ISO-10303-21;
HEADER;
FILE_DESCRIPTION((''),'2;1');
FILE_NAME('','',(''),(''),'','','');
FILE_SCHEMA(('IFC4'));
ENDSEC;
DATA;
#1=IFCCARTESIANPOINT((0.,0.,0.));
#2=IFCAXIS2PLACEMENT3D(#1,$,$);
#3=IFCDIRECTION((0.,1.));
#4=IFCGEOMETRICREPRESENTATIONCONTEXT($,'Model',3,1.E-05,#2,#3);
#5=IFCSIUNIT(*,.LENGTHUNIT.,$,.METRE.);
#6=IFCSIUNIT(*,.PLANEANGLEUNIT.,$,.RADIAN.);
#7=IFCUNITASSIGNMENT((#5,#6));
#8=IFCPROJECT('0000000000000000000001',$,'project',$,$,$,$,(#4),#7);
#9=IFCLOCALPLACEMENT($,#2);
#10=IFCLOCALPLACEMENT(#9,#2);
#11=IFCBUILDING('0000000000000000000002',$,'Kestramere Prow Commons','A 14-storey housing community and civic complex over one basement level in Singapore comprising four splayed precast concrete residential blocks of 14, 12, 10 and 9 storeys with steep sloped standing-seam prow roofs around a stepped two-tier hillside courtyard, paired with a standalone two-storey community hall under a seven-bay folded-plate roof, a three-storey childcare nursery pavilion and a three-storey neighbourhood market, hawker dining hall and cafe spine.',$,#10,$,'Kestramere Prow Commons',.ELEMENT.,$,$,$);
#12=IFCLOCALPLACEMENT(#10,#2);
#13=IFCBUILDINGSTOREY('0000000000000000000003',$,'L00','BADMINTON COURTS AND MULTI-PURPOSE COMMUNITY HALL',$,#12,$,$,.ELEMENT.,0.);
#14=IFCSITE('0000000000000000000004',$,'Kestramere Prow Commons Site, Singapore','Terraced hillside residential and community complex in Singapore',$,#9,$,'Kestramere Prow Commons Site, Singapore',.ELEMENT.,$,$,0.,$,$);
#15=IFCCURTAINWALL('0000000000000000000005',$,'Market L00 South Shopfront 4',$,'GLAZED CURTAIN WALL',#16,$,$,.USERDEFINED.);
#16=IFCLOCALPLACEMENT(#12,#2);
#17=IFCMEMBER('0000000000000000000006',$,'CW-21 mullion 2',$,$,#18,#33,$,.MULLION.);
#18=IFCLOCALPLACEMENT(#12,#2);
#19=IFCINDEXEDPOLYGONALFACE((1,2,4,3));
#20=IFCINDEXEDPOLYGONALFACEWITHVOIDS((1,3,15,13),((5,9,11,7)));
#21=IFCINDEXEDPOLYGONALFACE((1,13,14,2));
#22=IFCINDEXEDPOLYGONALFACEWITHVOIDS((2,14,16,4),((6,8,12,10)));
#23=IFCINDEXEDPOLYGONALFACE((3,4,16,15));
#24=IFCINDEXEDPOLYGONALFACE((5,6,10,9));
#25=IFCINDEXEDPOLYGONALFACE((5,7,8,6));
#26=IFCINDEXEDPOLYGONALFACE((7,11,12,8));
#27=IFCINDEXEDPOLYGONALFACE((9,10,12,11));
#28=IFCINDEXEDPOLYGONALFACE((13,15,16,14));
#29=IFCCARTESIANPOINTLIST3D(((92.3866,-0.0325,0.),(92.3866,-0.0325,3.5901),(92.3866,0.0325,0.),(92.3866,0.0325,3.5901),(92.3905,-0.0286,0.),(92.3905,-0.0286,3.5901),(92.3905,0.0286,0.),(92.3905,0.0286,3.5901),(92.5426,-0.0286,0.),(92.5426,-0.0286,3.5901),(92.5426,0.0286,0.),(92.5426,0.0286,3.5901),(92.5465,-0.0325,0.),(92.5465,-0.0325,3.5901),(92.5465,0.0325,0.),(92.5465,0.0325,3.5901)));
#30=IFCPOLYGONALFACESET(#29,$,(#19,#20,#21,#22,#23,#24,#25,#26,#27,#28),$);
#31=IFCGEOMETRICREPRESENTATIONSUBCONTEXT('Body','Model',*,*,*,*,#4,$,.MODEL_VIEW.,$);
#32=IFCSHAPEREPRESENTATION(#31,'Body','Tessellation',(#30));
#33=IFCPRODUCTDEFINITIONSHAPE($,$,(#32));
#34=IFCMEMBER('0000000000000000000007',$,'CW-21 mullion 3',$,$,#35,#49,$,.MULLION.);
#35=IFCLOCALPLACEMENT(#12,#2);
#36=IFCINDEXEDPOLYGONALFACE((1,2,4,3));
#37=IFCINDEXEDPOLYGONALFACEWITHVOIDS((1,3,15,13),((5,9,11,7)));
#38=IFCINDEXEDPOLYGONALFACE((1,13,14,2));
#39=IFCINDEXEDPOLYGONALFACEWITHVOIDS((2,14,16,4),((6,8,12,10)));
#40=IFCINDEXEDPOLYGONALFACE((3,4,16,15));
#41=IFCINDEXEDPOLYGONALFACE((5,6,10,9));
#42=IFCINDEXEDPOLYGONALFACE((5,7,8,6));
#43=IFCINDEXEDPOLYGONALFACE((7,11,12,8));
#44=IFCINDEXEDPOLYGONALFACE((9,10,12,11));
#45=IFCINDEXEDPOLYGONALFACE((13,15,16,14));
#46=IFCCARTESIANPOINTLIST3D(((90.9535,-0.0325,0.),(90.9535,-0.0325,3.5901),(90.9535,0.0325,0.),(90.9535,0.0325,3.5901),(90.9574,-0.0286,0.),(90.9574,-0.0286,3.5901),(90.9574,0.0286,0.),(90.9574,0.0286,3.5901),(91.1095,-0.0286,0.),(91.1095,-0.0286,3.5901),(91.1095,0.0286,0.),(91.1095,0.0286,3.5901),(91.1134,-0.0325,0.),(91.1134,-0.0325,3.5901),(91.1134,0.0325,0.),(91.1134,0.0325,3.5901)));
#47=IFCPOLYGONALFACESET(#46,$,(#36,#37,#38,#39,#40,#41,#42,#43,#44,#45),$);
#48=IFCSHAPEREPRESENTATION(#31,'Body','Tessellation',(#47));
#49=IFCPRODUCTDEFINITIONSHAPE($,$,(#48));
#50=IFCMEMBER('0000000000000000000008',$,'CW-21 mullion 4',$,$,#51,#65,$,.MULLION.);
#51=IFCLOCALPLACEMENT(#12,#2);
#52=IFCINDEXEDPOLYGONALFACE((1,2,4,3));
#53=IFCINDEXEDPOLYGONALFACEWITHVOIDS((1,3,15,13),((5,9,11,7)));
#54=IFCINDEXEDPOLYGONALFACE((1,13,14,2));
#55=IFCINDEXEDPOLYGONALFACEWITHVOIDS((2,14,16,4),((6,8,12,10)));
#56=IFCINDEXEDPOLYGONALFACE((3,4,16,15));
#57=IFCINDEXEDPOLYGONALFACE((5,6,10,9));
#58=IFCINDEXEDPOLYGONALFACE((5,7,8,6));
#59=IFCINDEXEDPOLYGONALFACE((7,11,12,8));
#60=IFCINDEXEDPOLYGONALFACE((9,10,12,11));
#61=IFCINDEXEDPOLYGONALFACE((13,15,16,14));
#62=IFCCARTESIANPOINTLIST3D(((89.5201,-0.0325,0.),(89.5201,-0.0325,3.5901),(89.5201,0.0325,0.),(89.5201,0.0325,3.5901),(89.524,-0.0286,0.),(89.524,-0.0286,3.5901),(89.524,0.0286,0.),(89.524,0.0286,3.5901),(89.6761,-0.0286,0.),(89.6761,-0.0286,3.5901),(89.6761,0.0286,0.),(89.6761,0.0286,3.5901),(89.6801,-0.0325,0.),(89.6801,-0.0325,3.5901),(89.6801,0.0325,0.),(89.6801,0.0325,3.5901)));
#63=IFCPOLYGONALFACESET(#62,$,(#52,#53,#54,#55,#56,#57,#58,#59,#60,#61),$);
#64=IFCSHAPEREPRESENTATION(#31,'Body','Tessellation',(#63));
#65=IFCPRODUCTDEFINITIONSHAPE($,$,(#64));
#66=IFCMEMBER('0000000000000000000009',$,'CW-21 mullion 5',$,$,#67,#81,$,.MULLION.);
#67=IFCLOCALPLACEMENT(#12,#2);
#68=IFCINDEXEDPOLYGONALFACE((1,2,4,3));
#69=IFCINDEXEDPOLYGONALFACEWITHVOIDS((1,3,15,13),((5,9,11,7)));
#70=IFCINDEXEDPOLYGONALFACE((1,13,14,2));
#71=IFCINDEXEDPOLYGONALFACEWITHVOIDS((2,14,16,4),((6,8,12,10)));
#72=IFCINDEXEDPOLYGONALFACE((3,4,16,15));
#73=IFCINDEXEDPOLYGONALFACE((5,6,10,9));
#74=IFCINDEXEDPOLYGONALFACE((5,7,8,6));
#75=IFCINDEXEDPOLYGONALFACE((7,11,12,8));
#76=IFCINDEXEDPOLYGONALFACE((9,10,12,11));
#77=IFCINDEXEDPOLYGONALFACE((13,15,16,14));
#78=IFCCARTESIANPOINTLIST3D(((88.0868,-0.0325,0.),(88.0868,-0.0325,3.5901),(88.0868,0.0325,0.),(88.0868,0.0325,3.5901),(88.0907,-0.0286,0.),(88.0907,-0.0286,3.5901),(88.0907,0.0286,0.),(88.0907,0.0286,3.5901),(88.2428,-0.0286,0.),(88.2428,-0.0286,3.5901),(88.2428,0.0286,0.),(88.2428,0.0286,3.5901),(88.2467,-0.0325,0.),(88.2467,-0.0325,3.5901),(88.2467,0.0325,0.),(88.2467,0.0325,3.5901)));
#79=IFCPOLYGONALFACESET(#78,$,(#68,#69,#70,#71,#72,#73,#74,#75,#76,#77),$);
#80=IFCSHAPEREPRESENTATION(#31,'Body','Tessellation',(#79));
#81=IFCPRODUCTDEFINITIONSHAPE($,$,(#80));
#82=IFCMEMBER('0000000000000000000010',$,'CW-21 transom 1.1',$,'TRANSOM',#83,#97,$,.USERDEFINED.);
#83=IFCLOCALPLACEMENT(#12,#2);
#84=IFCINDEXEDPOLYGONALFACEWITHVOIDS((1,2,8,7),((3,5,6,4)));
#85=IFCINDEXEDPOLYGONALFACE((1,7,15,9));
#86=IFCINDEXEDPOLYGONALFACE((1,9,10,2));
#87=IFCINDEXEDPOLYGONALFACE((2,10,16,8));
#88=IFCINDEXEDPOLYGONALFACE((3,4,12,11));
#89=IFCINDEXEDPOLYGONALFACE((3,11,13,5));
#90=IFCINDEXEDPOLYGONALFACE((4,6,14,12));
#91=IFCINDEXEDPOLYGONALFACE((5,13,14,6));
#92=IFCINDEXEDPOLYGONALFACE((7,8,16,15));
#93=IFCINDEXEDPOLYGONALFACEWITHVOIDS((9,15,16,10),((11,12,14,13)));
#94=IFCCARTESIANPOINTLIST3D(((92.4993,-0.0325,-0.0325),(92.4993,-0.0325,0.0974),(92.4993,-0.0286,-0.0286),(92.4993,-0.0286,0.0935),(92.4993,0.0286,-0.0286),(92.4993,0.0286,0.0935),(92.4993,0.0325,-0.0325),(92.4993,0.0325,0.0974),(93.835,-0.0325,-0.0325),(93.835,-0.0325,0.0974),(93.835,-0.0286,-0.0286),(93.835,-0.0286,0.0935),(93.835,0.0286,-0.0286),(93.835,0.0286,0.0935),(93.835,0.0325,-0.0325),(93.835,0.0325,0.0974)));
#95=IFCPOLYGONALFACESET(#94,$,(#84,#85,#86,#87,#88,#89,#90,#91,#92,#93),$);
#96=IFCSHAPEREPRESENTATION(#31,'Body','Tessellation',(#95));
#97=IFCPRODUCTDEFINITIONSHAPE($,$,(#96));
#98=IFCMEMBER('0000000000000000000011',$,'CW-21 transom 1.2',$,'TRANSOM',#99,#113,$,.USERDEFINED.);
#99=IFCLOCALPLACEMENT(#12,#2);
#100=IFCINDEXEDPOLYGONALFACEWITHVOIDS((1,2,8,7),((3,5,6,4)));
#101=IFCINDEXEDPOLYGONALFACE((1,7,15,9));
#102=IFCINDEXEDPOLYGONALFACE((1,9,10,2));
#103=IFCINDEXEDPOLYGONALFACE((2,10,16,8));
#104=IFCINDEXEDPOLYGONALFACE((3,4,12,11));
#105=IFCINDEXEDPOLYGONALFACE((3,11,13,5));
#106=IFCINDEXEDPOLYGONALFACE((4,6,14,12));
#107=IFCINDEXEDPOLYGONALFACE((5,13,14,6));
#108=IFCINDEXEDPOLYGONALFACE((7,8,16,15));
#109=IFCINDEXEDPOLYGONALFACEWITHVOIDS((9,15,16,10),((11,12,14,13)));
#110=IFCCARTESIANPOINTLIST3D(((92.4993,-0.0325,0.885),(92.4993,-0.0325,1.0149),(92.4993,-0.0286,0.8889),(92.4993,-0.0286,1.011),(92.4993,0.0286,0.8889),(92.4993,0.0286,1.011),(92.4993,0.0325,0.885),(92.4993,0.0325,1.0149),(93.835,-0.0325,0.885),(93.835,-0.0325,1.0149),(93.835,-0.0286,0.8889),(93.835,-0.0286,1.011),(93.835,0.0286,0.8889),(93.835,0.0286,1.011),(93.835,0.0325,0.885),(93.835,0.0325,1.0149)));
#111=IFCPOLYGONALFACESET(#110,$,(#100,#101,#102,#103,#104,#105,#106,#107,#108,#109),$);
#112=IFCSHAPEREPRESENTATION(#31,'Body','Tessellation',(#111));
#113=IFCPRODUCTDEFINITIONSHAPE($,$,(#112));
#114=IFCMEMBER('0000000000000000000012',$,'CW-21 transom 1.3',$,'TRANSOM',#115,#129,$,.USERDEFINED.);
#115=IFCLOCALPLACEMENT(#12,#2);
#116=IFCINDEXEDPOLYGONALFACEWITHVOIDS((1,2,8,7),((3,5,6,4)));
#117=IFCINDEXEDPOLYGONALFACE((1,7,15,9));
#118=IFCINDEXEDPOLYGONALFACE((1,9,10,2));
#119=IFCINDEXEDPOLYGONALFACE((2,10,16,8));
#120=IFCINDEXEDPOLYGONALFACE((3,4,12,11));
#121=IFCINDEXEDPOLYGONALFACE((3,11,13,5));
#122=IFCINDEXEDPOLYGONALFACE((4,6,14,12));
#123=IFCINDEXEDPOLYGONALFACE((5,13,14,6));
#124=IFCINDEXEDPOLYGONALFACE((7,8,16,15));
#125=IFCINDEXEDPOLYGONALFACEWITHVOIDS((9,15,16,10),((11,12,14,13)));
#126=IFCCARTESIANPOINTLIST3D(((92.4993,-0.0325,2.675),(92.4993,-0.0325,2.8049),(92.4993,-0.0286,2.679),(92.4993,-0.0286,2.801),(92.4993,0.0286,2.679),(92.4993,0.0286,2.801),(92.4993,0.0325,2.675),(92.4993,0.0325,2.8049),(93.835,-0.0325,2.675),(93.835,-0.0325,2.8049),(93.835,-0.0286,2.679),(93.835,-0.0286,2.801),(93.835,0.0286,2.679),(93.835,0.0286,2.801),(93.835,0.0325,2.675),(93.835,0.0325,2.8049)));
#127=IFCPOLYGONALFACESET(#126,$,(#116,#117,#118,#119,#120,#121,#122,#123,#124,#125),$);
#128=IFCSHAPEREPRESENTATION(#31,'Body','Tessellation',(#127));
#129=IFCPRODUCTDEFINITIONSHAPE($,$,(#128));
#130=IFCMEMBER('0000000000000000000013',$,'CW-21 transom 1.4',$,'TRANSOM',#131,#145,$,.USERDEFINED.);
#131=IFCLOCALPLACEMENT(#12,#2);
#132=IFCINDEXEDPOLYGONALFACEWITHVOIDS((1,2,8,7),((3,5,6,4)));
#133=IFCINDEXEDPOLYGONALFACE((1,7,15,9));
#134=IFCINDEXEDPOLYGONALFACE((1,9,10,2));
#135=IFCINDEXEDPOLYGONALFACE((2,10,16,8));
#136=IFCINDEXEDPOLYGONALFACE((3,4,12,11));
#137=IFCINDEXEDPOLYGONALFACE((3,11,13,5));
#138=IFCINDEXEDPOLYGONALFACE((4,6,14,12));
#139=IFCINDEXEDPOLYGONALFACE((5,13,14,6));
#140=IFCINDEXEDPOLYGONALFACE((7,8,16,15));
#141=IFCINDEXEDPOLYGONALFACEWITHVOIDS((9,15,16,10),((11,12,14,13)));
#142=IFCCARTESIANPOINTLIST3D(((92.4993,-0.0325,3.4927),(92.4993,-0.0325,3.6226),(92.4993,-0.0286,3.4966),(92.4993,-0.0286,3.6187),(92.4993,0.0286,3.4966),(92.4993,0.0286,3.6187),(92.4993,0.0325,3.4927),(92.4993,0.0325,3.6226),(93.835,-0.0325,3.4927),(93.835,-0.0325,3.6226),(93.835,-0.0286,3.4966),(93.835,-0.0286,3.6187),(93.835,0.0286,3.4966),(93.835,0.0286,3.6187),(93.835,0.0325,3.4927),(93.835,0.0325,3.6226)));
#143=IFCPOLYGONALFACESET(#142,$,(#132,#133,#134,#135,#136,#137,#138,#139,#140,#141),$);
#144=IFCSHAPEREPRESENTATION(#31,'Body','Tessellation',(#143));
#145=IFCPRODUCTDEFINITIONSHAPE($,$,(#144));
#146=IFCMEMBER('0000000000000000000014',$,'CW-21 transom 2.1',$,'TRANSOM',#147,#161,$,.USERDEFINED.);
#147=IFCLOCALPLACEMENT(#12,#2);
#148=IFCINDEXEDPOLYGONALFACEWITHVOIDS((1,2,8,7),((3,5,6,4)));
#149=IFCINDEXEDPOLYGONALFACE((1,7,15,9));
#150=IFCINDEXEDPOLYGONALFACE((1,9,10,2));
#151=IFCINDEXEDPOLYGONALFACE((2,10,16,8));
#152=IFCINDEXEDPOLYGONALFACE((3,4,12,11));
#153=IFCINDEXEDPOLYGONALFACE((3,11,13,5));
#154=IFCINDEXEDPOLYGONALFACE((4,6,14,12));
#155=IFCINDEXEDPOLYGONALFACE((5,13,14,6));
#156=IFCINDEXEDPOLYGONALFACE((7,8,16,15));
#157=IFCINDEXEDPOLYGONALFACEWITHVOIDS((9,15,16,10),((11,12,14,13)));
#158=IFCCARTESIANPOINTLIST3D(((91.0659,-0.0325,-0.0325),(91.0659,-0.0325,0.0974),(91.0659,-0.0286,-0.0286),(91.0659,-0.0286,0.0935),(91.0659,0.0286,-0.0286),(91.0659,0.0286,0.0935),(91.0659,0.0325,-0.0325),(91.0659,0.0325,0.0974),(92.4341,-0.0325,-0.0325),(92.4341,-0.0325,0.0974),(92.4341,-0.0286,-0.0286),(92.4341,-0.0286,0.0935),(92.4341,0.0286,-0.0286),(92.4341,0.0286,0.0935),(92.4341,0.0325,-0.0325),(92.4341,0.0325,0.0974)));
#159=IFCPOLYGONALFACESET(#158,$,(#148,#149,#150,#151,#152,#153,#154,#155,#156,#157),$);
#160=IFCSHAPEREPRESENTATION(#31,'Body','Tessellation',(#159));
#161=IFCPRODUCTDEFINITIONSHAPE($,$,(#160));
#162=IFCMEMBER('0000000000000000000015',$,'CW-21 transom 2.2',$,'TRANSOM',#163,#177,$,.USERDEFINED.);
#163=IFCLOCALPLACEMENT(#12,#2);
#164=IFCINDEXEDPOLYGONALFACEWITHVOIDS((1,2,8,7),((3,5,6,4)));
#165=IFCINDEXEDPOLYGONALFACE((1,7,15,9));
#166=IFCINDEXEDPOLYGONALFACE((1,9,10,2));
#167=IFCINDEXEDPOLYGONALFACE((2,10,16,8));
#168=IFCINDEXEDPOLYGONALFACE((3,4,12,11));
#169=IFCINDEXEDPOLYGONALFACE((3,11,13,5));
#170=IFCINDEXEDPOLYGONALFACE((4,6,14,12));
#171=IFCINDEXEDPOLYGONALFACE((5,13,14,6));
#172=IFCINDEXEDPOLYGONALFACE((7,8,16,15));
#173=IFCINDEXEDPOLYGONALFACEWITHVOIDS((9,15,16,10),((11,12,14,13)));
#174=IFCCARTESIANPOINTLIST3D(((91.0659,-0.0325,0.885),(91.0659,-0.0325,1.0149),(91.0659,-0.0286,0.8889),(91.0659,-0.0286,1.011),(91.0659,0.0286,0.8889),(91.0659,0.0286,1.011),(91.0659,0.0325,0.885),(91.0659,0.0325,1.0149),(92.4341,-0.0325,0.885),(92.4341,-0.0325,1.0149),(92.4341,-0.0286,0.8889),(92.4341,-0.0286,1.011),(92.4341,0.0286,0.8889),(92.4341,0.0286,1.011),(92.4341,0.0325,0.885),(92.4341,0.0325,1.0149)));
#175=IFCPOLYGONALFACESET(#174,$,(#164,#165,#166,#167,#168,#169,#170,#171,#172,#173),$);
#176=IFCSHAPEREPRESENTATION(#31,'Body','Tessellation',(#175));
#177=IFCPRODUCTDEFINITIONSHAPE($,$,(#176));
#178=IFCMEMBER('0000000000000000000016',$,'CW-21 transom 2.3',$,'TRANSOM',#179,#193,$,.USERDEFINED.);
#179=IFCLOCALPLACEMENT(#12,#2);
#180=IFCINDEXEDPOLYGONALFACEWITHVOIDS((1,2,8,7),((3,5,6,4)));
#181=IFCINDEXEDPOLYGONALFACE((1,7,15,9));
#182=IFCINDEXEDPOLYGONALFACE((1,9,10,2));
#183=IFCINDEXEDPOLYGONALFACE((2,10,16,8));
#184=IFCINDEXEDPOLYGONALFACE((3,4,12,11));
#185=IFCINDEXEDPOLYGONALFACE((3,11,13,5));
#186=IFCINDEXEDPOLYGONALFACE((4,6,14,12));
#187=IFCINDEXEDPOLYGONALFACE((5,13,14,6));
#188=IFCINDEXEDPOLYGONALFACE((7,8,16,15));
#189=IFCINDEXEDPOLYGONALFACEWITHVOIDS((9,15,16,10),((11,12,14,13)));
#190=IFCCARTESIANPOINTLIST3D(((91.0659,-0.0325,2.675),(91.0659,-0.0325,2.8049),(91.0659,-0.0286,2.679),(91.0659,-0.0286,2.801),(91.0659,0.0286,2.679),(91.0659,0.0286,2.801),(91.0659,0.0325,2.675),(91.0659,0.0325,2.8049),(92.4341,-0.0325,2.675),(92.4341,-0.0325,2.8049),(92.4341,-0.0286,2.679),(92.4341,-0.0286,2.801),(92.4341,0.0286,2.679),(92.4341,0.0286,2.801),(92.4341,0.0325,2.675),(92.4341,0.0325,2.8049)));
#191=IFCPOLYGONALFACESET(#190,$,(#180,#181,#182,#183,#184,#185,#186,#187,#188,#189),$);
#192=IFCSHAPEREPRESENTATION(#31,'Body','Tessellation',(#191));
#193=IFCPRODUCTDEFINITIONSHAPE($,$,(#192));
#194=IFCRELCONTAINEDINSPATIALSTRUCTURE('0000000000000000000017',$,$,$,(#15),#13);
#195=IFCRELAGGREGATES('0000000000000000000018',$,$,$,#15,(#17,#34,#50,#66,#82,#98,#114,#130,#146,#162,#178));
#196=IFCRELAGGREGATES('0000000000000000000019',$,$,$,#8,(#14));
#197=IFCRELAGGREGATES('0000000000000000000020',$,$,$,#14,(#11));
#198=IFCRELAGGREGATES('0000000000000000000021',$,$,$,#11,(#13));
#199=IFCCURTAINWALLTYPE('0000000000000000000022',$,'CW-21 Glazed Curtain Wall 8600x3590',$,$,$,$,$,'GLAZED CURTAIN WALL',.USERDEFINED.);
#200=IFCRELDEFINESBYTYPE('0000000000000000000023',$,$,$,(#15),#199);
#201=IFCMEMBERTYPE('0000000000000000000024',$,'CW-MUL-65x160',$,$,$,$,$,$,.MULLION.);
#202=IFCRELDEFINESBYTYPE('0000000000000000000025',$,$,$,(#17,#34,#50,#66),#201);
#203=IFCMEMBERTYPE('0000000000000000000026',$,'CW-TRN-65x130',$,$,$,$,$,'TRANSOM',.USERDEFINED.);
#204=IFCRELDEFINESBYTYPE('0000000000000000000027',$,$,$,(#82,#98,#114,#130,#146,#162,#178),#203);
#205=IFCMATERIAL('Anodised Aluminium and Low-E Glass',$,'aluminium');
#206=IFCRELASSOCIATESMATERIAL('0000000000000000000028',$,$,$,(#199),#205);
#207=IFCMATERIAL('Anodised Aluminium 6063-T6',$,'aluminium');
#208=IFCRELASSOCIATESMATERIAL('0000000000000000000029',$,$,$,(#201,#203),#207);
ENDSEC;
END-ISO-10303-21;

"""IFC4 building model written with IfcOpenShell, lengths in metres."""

from ifc_helpers import new_model, si_unit, direction, frame, origin, origin_2d, place, context, subcontext, project, spatial, hollow_rectangle, extrude, material, material_profile, profile_set, type_object, element, aggregate, save


model = new_model("IFC4")

# Units and contexts
model_context = context("Model", 3, precision=1e-05, world=origin(), true_north=direction((0.0, 1.0)))
body_context = subcontext(model_context, "Body", "Model", "MODEL_VIEW")
ifc_project = project(units=[si_unit("LENGTHUNIT", "METRE"), si_unit("PLANEANGLEUNIT", "RADIAN")], contexts=[model_context])

# Site, building, storey
site_placement = place(None, origin())
site = spatial("IfcSite", under=ifc_project, at=site_placement, Name="Kestramere Prow Commons Site, Singapore", Description="Terraced hillside residential and community complex in Singapore", LongName="Kestramere Prow Commons Site, Singapore", CompositionType="ELEMENT", RefElevation=0.0)
building_placement = place(site_placement, origin())
building = spatial("IfcBuilding", under=site, at=building_placement, Name="Kestramere Prow Commons", Description="A 14-storey housing community and civic complex over one basement level in Singapore comprising four splayed precast concrete residential blocks of 14, 12, 10 and 9 storeys with steep sloped standing-seam prow roofs around a stepped two-tier hillside courtyard, paired with a standalone two-storey community hall under a seven-bay folded-plate roof, a three-storey childcare nursery pavilion and a three-storey neighbourhood market, hawker dining hall and cafe spine.", LongName="Kestramere Prow Commons", CompositionType="ELEMENT")
storey_placement = place(building_placement, origin())
storey = spatial("IfcBuildingStorey", under=building, at=storey_placement, Name="L00", Description="BADMINTON COURTS AND MULTI-PURPOSE COMMUNITY HALL", CompositionType="ELEMENT", Elevation=0.0)

# Curtain wall, members
ifc_material_1 = material(Name="Anodised Aluminium and Low-E Glass", Category="aluminium")
curtain_wall_type = type_object("IfcCurtainWallType", Name="CW-21 Glazed Curtain Wall 8600x3590", ElementType="GLAZED CURTAIN WALL", PredefinedType="USERDEFINED", material=ifc_material_1)
curtain_wall_placement = place(storey_placement, origin())
curtain_wall = element("IfcCurtainWall", 1, at=curtain_wall_placement, inside=storey, type_object=curtain_wall_type, Name="Market L00 South Shopfront 4", ObjectType="GLAZED CURTAIN WALL", PredefinedType="USERDEFINED")
ifc_material_2 = material(Name="Anodised Aluminium 6063-T6", Category="aluminium")
ifc_material_profile_1 = material_profile(ifc_material_2, hollow_rectangle(XDim=0.0649, YDim=0.1599, WallThickness=0.0039, at=origin_2d()), Name="ALU-MUL 65x160")
ifc_profile_set_1 = profile_set([ifc_material_profile_1], Name="Anodised Aluminium 6063-T6")
member_type_1 = type_object("IfcMemberType", Name="CW-MUL-65x160", PredefinedType="MULLION", material=ifc_profile_set_1)
member_1_placement = place(storey_placement, frame((92.4666, 0.0, 0.0), z_axis=(0.0, 0.0, 1.0), x_axis=(0.0, -1.0, 0.0)))
member_1 = element("IfcMember", 2, at=member_1_placement, type_object=member_type_1, Name="CW-21 mullion 2", PredefinedType="MULLION", context=body_context, shape_type="SweptSolid", body=[
    extrude(hollow_rectangle(XDim=0.0649, YDim=0.1599, WallThickness=0.0039, at=origin_2d()), origin(), (0.0, 0.0, 1.0), 3.5901),
])
member_2_placement = place(storey_placement, frame((91.0334, 0.0, 0.0), z_axis=(0.0, 0.0, 1.0), x_axis=(0.0, -1.0, 0.0)))
member_2 = element("IfcMember", 3, at=member_2_placement, type_object=member_type_1, Name="CW-21 mullion 3", PredefinedType="MULLION", context=body_context, shape_type="SweptSolid", body=[
    extrude(hollow_rectangle(XDim=0.0649, YDim=0.1599, WallThickness=0.0039, at=origin_2d()), origin(), (0.0, 0.0, 1.0), 3.5901),
])
member_3_placement = place(storey_placement, frame((89.6001, 0.0, 0.0), z_axis=(0.0, 0.0, 1.0), x_axis=(0.0, -1.0, 0.0)))
member_3 = element("IfcMember", 4, at=member_3_placement, type_object=member_type_1, Name="CW-21 mullion 4", PredefinedType="MULLION", context=body_context, shape_type="SweptSolid", body=[
    extrude(hollow_rectangle(XDim=0.0649, YDim=0.1599, WallThickness=0.0039, at=origin_2d()), origin(), (0.0, 0.0, 1.0), 3.5901),
])
member_4_placement = place(storey_placement, frame((88.1667, 0.0, 0.0), z_axis=(0.0, 0.0, 1.0), x_axis=(0.0, -1.0, 0.0)))
member_4 = element("IfcMember", 5, at=member_4_placement, type_object=member_type_1, Name="CW-21 mullion 5", PredefinedType="MULLION", context=body_context, shape_type="SweptSolid", body=[
    extrude(hollow_rectangle(XDim=0.0649, YDim=0.1599, WallThickness=0.0039, at=origin_2d()), origin(), (0.0, 0.0, 1.0), 3.5901),
])
ifc_material_profile_2 = material_profile(ifc_material_2, hollow_rectangle(XDim=0.0649, YDim=0.1299, WallThickness=0.0039, at=origin_2d()), Name="ALU-TRN 65x130")
ifc_profile_set_2 = profile_set([ifc_material_profile_2], Name="Anodised Aluminium 6063-T6")
member_type_2 = type_object("IfcMemberType", Name="CW-TRN-65x130", ElementType="TRANSOM", PredefinedType="USERDEFINED", material=ifc_profile_set_2)
member_5_placement = place(storey_placement, frame((93.835, 0.0, 0.0325), z_axis=(-1.0, 0.0, 0.0), x_axis=(0.0, -1.0, 0.0)))
member_5 = element("IfcMember", 6, at=member_5_placement, type_object=member_type_2, Name="CW-21 transom 1.1", ObjectType="TRANSOM", PredefinedType="USERDEFINED", context=body_context, shape_type="SweptSolid", body=[
    extrude(hollow_rectangle(XDim=0.0649, YDim=0.1299, WallThickness=0.0039, at=origin_2d()), origin(), (0.0, 0.0, 1.0), 1.3357),
])
member_6_placement = place(storey_placement, frame((93.835, 0.0, 0.95), z_axis=(-1.0, 0.0, 0.0), x_axis=(0.0, -1.0, 0.0)))
member_6 = element("IfcMember", 7, at=member_6_placement, type_object=member_type_2, Name="CW-21 transom 1.2", ObjectType="TRANSOM", PredefinedType="USERDEFINED", context=body_context, shape_type="SweptSolid", body=[
    extrude(hollow_rectangle(XDim=0.0649, YDim=0.1299, WallThickness=0.0039, at=origin_2d()), origin(), (0.0, 0.0, 1.0), 1.3357),
])
member_7_placement = place(storey_placement, frame((93.835, 0.0, 2.74), z_axis=(-1.0, 0.0, 0.0), x_axis=(0.0, -1.0, 0.0)))
member_7 = element("IfcMember", 8, at=member_7_placement, type_object=member_type_2, Name="CW-21 transom 1.3", ObjectType="TRANSOM", PredefinedType="USERDEFINED", context=body_context, shape_type="SweptSolid", body=[
    extrude(hollow_rectangle(XDim=0.0649, YDim=0.1299, WallThickness=0.0039, at=origin_2d()), origin(), (0.0, 0.0, 1.0), 1.3357),
])
member_8_placement = place(storey_placement, frame((93.835, 0.0, 3.5576), z_axis=(-1.0, 0.0, 0.0), x_axis=(0.0, -1.0, 0.0)))
member_8 = element("IfcMember", 9, at=member_8_placement, type_object=member_type_2, Name="CW-21 transom 1.4", ObjectType="TRANSOM", PredefinedType="USERDEFINED", context=body_context, shape_type="SweptSolid", body=[
    extrude(hollow_rectangle(XDim=0.0649, YDim=0.1299, WallThickness=0.0039, at=origin_2d()), origin(), (0.0, 0.0, 1.0), 1.3357),
])
member_9_placement = place(storey_placement, frame((92.4341, 0.0, 0.0325), z_axis=(-1.0, 0.0, 0.0), x_axis=(0.0, -1.0, 0.0)))
member_9 = element("IfcMember", 10, at=member_9_placement, type_object=member_type_2, Name="CW-21 transom 2.1", ObjectType="TRANSOM", PredefinedType="USERDEFINED", context=body_context, shape_type="SweptSolid", body=[
    extrude(hollow_rectangle(XDim=0.0649, YDim=0.1299, WallThickness=0.0039, at=origin_2d()), origin(), (0.0, 0.0, 1.0), 1.3682),
])
member_10_placement = place(storey_placement, frame((92.4341, 0.0, 0.95), z_axis=(-1.0, 0.0, 0.0), x_axis=(0.0, -1.0, 0.0)))
member_10 = element("IfcMember", 11, at=member_10_placement, type_object=member_type_2, Name="CW-21 transom 2.2", ObjectType="TRANSOM", PredefinedType="USERDEFINED", context=body_context, shape_type="SweptSolid", body=[
    extrude(hollow_rectangle(XDim=0.0649, YDim=0.1299, WallThickness=0.0039, at=origin_2d()), origin(), (0.0, 0.0, 1.0), 1.3682),
])
member_11_placement = place(storey_placement, frame((92.4341, 0.0, 2.74), z_axis=(-1.0, 0.0, 0.0), x_axis=(0.0, -1.0, 0.0)))
member_11 = element("IfcMember", 12, at=member_11_placement, type_object=member_type_2, Name="CW-21 transom 2.3", ObjectType="TRANSOM", PredefinedType="USERDEFINED", context=body_context, shape_type="SweptSolid", body=[
    extrude(hollow_rectangle(XDim=0.0649, YDim=0.1299, WallThickness=0.0039, at=origin_2d()), origin(), (0.0, 0.0, 1.0), 1.3682),
])
aggregate(curtain_wall, [member_1, member_2, member_3, member_4, member_5, member_6, member_7, member_8, member_9, member_10, member_11])

save(model, "model.ifc")
